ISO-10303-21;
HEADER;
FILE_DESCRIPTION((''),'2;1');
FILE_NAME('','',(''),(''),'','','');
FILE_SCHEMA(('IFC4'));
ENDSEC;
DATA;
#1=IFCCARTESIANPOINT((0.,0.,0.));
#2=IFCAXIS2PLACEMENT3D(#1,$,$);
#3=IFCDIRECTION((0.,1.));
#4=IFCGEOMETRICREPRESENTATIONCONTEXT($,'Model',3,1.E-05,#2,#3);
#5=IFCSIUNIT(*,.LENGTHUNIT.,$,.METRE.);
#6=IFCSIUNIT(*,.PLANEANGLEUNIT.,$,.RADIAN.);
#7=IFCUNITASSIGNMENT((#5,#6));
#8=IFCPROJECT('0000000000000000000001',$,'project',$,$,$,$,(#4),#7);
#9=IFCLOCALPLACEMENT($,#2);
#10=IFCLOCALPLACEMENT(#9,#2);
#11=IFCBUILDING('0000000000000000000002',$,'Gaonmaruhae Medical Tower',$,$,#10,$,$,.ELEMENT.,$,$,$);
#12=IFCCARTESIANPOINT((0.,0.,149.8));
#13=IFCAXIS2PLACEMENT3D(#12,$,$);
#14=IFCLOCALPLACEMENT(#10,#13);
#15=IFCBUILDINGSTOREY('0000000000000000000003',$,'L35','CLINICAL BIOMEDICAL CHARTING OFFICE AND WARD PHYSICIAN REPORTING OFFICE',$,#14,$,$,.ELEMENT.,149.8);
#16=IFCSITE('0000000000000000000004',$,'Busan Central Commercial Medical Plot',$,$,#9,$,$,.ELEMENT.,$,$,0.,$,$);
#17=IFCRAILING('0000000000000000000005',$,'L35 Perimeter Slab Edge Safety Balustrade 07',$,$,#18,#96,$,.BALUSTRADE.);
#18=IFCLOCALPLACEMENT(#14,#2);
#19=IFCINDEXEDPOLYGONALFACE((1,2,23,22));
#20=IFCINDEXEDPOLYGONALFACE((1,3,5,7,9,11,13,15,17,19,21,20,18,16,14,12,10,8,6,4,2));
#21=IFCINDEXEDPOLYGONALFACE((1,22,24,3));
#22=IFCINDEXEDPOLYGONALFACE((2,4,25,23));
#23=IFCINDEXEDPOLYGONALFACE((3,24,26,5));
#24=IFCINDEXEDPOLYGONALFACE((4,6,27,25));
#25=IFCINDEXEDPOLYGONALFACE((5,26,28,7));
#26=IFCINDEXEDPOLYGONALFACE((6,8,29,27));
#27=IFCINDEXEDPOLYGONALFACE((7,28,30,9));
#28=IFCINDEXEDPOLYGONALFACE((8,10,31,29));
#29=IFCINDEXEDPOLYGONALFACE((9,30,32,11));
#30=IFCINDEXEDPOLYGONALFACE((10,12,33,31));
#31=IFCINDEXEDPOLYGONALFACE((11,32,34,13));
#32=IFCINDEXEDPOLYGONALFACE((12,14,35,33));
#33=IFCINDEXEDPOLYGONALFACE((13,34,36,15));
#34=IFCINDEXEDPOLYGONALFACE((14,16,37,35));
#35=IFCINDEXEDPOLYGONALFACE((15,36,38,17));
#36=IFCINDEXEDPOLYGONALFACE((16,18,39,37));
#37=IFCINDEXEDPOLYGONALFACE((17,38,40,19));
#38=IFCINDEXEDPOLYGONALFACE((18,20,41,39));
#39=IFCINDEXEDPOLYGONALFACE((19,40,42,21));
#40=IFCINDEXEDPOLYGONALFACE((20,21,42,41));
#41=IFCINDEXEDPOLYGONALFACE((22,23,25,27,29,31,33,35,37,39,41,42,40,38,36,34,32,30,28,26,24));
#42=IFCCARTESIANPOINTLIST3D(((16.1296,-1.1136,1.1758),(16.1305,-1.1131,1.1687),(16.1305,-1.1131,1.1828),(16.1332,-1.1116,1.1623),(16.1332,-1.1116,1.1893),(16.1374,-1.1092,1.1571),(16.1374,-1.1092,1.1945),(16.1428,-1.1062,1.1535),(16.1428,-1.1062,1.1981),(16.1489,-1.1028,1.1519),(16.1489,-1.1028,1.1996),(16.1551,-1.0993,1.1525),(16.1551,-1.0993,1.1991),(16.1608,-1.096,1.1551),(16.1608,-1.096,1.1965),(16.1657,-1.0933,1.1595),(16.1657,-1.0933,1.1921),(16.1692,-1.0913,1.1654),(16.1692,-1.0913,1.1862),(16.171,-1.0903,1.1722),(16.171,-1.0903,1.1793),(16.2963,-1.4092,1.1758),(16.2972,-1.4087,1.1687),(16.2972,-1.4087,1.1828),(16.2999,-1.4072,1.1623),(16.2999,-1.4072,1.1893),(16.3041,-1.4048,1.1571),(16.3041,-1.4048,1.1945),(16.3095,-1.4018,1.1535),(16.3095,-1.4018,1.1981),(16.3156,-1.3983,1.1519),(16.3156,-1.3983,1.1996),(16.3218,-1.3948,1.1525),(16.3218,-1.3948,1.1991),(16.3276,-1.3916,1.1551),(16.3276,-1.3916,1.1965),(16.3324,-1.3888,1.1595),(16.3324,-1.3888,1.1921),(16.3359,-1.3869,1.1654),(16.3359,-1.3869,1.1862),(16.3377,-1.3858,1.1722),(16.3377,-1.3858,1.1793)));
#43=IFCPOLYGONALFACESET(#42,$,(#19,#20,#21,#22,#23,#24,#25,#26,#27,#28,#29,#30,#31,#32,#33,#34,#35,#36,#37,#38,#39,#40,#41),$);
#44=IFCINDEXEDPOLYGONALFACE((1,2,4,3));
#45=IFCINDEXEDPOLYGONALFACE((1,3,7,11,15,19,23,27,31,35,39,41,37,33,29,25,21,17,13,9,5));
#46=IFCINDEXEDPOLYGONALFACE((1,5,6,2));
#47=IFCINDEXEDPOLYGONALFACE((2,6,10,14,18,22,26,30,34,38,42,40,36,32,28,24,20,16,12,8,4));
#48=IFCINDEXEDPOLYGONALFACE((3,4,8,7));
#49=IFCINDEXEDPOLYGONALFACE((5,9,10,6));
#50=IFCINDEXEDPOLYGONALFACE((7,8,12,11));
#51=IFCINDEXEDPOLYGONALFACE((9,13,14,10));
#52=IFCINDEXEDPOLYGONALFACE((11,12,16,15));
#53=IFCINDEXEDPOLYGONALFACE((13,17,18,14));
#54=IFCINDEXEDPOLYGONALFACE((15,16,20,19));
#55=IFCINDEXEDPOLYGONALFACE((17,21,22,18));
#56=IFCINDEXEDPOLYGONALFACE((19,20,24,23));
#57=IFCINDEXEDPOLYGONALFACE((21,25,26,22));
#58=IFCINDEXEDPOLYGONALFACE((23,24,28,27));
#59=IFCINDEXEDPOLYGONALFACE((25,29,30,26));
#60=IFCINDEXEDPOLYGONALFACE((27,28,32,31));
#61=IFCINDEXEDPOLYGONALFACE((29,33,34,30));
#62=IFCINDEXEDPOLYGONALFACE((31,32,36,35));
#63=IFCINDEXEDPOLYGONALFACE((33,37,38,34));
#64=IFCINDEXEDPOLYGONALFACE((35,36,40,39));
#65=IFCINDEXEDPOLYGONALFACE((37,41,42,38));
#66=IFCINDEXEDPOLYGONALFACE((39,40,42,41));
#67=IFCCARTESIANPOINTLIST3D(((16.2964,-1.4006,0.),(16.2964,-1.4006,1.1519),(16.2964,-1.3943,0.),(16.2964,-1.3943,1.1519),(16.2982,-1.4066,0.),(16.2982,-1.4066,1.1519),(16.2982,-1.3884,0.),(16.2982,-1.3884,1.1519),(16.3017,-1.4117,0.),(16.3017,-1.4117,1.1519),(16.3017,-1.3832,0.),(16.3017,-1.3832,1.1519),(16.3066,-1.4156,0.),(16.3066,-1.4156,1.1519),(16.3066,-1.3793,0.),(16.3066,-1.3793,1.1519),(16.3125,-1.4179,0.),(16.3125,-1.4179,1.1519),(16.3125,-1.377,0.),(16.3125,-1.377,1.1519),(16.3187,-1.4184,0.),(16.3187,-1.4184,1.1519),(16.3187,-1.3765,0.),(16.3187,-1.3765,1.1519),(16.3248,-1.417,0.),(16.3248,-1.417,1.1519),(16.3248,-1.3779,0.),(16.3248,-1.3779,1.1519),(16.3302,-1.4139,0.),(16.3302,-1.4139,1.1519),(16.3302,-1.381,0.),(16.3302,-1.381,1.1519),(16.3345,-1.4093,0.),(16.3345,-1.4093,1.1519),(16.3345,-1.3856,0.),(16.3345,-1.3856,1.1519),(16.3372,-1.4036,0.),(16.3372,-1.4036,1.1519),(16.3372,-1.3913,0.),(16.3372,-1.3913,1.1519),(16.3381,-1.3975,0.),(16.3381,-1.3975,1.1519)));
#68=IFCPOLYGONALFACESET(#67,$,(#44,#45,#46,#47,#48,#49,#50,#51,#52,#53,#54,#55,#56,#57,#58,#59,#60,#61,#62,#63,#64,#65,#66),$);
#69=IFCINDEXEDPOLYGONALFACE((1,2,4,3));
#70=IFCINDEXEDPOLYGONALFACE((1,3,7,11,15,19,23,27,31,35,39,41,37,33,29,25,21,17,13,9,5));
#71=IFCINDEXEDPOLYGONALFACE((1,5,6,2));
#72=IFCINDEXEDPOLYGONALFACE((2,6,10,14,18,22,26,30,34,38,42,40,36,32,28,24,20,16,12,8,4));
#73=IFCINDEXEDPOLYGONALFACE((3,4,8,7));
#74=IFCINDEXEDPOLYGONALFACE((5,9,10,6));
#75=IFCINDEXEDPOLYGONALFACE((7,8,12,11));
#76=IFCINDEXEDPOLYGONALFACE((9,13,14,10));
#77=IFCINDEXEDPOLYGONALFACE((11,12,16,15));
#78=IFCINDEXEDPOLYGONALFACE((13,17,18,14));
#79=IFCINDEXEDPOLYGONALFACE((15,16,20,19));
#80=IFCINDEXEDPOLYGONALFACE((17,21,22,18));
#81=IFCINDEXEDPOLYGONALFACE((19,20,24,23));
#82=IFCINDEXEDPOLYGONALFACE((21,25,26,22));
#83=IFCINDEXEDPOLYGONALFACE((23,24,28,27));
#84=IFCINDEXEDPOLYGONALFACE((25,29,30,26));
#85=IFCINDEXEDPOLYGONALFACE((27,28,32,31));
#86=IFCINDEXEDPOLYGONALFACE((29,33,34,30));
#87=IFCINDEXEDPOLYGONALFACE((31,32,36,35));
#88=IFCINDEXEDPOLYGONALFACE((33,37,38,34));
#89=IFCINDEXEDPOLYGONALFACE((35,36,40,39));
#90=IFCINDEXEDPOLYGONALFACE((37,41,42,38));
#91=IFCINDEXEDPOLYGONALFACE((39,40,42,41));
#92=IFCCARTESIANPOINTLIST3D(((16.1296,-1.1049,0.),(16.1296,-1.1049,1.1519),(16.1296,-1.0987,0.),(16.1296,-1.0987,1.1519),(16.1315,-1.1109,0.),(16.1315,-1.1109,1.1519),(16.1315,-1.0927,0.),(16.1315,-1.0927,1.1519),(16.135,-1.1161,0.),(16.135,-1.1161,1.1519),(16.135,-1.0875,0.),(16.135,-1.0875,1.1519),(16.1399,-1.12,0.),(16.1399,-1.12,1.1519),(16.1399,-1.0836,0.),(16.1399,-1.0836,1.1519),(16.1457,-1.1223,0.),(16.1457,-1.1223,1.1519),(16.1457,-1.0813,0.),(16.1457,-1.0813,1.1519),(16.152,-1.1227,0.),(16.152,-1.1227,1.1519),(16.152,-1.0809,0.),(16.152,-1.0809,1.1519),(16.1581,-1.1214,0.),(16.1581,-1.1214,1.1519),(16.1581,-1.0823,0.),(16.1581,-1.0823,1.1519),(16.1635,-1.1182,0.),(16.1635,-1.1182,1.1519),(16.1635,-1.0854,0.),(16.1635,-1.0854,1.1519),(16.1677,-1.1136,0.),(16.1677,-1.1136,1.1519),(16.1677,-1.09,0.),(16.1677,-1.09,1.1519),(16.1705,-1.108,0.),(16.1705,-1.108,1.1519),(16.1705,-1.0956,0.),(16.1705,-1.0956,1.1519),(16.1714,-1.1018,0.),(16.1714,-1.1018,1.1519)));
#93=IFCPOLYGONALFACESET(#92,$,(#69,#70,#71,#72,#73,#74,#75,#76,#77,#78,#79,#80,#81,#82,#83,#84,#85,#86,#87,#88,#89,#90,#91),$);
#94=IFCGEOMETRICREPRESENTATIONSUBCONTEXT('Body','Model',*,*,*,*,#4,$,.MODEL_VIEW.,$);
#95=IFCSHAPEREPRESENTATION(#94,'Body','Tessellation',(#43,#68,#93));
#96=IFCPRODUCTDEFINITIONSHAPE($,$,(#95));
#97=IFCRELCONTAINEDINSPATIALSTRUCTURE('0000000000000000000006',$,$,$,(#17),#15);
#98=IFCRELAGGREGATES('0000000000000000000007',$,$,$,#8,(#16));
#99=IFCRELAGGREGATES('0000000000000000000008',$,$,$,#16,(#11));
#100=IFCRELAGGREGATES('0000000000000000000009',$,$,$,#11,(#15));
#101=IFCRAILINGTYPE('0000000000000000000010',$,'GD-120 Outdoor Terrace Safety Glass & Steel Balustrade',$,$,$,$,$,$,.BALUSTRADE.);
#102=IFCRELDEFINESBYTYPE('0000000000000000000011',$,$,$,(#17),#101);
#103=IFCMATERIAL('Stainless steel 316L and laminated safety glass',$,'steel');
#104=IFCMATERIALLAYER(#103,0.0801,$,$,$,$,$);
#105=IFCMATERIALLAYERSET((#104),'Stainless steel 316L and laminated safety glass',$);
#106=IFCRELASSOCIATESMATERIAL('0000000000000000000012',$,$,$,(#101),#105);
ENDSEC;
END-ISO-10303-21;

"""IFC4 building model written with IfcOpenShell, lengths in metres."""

from ifc_helpers import new_model, si_unit, direction, frame, origin, origin_2d, place, context, subcontext, project, spatial, circle, extrude, material, layer, layer_set, type_object, element, save


model = new_model("IFC4")

# Units and contexts
model_context = context("Model", 3, precision=1e-05, world=origin(), true_north=direction((0.0, 1.0)))
body_context = subcontext(model_context, "Body", "Model", "MODEL_VIEW")
ifc_project = project(units=[si_unit("LENGTHUNIT", "METRE"), si_unit("PLANEANGLEUNIT", "RADIAN")], contexts=[model_context])

# Site, building, storey
site_placement = place(None, origin())
site = spatial("IfcSite", under=ifc_project, at=site_placement, Name="Busan Central Commercial Medical Plot", CompositionType="ELEMENT", RefElevation=0.0)
building_placement = place(site_placement, origin())
building = spatial("IfcBuilding", under=site, at=building_placement, Name="Gaonmaruhae Medical Tower", CompositionType="ELEMENT")
storey_placement = place(building_placement, frame((0.0, 0.0, 149.8)))
storey = spatial("IfcBuildingStorey", under=building, at=storey_placement, Name="L35", Description="CLINICAL BIOMEDICAL CHARTING OFFICE AND WARD PHYSICIAN REPORTING OFFICE", CompositionType="ELEMENT", Elevation=149.8)

# Railing
ifc_material_1 = material(Name="Stainless steel 316L and laminated safety glass", Category="steel")
ifc_layer_1 = layer(ifc_material_1, 0.0801)
ifc_layer_set_1 = layer_set([ifc_layer_1], Name="Stainless steel 316L and laminated safety glass")
railing_type_1 = type_object("IfcRailingType", Name="GD-120 Outdoor Terrace Safety Glass & Steel Balustrade", PredefinedType="BALUSTRADE", material=ifc_layer_set_1)
railing_1_placement = place(storey_placement, frame((16.3171, -1.3975, 0.0)))
element("IfcRailing", 1, at=railing_1_placement, inside=storey, type_object=railing_type_1, Name="L35 Perimeter Slab Edge Safety Balustrade 07", PredefinedType="BALUSTRADE", context=body_context, shape_type="SweptSolid", body=[
    extrude(circle(Radius=0.0239, at=origin_2d()), frame((0.0, 0.0, 1.1758), z_axis=(-0.491251, 0.871018, 0.0), x_axis=(-0.871018, -0.491251, 0.0)), (0.0, 0.0, 1.0), 0.3394),
    extrude(circle(Radius=0.021, at=origin_2d()), origin(), (0.0, 0.0, 1.0), 1.1519),
    extrude(circle(Radius=0.021, at=origin_2d()), frame((-0.1667, 0.2957, 0.0)), (0.0, 0.0, 1.0), 1.1519),
])

save(model, "model.ifc")
